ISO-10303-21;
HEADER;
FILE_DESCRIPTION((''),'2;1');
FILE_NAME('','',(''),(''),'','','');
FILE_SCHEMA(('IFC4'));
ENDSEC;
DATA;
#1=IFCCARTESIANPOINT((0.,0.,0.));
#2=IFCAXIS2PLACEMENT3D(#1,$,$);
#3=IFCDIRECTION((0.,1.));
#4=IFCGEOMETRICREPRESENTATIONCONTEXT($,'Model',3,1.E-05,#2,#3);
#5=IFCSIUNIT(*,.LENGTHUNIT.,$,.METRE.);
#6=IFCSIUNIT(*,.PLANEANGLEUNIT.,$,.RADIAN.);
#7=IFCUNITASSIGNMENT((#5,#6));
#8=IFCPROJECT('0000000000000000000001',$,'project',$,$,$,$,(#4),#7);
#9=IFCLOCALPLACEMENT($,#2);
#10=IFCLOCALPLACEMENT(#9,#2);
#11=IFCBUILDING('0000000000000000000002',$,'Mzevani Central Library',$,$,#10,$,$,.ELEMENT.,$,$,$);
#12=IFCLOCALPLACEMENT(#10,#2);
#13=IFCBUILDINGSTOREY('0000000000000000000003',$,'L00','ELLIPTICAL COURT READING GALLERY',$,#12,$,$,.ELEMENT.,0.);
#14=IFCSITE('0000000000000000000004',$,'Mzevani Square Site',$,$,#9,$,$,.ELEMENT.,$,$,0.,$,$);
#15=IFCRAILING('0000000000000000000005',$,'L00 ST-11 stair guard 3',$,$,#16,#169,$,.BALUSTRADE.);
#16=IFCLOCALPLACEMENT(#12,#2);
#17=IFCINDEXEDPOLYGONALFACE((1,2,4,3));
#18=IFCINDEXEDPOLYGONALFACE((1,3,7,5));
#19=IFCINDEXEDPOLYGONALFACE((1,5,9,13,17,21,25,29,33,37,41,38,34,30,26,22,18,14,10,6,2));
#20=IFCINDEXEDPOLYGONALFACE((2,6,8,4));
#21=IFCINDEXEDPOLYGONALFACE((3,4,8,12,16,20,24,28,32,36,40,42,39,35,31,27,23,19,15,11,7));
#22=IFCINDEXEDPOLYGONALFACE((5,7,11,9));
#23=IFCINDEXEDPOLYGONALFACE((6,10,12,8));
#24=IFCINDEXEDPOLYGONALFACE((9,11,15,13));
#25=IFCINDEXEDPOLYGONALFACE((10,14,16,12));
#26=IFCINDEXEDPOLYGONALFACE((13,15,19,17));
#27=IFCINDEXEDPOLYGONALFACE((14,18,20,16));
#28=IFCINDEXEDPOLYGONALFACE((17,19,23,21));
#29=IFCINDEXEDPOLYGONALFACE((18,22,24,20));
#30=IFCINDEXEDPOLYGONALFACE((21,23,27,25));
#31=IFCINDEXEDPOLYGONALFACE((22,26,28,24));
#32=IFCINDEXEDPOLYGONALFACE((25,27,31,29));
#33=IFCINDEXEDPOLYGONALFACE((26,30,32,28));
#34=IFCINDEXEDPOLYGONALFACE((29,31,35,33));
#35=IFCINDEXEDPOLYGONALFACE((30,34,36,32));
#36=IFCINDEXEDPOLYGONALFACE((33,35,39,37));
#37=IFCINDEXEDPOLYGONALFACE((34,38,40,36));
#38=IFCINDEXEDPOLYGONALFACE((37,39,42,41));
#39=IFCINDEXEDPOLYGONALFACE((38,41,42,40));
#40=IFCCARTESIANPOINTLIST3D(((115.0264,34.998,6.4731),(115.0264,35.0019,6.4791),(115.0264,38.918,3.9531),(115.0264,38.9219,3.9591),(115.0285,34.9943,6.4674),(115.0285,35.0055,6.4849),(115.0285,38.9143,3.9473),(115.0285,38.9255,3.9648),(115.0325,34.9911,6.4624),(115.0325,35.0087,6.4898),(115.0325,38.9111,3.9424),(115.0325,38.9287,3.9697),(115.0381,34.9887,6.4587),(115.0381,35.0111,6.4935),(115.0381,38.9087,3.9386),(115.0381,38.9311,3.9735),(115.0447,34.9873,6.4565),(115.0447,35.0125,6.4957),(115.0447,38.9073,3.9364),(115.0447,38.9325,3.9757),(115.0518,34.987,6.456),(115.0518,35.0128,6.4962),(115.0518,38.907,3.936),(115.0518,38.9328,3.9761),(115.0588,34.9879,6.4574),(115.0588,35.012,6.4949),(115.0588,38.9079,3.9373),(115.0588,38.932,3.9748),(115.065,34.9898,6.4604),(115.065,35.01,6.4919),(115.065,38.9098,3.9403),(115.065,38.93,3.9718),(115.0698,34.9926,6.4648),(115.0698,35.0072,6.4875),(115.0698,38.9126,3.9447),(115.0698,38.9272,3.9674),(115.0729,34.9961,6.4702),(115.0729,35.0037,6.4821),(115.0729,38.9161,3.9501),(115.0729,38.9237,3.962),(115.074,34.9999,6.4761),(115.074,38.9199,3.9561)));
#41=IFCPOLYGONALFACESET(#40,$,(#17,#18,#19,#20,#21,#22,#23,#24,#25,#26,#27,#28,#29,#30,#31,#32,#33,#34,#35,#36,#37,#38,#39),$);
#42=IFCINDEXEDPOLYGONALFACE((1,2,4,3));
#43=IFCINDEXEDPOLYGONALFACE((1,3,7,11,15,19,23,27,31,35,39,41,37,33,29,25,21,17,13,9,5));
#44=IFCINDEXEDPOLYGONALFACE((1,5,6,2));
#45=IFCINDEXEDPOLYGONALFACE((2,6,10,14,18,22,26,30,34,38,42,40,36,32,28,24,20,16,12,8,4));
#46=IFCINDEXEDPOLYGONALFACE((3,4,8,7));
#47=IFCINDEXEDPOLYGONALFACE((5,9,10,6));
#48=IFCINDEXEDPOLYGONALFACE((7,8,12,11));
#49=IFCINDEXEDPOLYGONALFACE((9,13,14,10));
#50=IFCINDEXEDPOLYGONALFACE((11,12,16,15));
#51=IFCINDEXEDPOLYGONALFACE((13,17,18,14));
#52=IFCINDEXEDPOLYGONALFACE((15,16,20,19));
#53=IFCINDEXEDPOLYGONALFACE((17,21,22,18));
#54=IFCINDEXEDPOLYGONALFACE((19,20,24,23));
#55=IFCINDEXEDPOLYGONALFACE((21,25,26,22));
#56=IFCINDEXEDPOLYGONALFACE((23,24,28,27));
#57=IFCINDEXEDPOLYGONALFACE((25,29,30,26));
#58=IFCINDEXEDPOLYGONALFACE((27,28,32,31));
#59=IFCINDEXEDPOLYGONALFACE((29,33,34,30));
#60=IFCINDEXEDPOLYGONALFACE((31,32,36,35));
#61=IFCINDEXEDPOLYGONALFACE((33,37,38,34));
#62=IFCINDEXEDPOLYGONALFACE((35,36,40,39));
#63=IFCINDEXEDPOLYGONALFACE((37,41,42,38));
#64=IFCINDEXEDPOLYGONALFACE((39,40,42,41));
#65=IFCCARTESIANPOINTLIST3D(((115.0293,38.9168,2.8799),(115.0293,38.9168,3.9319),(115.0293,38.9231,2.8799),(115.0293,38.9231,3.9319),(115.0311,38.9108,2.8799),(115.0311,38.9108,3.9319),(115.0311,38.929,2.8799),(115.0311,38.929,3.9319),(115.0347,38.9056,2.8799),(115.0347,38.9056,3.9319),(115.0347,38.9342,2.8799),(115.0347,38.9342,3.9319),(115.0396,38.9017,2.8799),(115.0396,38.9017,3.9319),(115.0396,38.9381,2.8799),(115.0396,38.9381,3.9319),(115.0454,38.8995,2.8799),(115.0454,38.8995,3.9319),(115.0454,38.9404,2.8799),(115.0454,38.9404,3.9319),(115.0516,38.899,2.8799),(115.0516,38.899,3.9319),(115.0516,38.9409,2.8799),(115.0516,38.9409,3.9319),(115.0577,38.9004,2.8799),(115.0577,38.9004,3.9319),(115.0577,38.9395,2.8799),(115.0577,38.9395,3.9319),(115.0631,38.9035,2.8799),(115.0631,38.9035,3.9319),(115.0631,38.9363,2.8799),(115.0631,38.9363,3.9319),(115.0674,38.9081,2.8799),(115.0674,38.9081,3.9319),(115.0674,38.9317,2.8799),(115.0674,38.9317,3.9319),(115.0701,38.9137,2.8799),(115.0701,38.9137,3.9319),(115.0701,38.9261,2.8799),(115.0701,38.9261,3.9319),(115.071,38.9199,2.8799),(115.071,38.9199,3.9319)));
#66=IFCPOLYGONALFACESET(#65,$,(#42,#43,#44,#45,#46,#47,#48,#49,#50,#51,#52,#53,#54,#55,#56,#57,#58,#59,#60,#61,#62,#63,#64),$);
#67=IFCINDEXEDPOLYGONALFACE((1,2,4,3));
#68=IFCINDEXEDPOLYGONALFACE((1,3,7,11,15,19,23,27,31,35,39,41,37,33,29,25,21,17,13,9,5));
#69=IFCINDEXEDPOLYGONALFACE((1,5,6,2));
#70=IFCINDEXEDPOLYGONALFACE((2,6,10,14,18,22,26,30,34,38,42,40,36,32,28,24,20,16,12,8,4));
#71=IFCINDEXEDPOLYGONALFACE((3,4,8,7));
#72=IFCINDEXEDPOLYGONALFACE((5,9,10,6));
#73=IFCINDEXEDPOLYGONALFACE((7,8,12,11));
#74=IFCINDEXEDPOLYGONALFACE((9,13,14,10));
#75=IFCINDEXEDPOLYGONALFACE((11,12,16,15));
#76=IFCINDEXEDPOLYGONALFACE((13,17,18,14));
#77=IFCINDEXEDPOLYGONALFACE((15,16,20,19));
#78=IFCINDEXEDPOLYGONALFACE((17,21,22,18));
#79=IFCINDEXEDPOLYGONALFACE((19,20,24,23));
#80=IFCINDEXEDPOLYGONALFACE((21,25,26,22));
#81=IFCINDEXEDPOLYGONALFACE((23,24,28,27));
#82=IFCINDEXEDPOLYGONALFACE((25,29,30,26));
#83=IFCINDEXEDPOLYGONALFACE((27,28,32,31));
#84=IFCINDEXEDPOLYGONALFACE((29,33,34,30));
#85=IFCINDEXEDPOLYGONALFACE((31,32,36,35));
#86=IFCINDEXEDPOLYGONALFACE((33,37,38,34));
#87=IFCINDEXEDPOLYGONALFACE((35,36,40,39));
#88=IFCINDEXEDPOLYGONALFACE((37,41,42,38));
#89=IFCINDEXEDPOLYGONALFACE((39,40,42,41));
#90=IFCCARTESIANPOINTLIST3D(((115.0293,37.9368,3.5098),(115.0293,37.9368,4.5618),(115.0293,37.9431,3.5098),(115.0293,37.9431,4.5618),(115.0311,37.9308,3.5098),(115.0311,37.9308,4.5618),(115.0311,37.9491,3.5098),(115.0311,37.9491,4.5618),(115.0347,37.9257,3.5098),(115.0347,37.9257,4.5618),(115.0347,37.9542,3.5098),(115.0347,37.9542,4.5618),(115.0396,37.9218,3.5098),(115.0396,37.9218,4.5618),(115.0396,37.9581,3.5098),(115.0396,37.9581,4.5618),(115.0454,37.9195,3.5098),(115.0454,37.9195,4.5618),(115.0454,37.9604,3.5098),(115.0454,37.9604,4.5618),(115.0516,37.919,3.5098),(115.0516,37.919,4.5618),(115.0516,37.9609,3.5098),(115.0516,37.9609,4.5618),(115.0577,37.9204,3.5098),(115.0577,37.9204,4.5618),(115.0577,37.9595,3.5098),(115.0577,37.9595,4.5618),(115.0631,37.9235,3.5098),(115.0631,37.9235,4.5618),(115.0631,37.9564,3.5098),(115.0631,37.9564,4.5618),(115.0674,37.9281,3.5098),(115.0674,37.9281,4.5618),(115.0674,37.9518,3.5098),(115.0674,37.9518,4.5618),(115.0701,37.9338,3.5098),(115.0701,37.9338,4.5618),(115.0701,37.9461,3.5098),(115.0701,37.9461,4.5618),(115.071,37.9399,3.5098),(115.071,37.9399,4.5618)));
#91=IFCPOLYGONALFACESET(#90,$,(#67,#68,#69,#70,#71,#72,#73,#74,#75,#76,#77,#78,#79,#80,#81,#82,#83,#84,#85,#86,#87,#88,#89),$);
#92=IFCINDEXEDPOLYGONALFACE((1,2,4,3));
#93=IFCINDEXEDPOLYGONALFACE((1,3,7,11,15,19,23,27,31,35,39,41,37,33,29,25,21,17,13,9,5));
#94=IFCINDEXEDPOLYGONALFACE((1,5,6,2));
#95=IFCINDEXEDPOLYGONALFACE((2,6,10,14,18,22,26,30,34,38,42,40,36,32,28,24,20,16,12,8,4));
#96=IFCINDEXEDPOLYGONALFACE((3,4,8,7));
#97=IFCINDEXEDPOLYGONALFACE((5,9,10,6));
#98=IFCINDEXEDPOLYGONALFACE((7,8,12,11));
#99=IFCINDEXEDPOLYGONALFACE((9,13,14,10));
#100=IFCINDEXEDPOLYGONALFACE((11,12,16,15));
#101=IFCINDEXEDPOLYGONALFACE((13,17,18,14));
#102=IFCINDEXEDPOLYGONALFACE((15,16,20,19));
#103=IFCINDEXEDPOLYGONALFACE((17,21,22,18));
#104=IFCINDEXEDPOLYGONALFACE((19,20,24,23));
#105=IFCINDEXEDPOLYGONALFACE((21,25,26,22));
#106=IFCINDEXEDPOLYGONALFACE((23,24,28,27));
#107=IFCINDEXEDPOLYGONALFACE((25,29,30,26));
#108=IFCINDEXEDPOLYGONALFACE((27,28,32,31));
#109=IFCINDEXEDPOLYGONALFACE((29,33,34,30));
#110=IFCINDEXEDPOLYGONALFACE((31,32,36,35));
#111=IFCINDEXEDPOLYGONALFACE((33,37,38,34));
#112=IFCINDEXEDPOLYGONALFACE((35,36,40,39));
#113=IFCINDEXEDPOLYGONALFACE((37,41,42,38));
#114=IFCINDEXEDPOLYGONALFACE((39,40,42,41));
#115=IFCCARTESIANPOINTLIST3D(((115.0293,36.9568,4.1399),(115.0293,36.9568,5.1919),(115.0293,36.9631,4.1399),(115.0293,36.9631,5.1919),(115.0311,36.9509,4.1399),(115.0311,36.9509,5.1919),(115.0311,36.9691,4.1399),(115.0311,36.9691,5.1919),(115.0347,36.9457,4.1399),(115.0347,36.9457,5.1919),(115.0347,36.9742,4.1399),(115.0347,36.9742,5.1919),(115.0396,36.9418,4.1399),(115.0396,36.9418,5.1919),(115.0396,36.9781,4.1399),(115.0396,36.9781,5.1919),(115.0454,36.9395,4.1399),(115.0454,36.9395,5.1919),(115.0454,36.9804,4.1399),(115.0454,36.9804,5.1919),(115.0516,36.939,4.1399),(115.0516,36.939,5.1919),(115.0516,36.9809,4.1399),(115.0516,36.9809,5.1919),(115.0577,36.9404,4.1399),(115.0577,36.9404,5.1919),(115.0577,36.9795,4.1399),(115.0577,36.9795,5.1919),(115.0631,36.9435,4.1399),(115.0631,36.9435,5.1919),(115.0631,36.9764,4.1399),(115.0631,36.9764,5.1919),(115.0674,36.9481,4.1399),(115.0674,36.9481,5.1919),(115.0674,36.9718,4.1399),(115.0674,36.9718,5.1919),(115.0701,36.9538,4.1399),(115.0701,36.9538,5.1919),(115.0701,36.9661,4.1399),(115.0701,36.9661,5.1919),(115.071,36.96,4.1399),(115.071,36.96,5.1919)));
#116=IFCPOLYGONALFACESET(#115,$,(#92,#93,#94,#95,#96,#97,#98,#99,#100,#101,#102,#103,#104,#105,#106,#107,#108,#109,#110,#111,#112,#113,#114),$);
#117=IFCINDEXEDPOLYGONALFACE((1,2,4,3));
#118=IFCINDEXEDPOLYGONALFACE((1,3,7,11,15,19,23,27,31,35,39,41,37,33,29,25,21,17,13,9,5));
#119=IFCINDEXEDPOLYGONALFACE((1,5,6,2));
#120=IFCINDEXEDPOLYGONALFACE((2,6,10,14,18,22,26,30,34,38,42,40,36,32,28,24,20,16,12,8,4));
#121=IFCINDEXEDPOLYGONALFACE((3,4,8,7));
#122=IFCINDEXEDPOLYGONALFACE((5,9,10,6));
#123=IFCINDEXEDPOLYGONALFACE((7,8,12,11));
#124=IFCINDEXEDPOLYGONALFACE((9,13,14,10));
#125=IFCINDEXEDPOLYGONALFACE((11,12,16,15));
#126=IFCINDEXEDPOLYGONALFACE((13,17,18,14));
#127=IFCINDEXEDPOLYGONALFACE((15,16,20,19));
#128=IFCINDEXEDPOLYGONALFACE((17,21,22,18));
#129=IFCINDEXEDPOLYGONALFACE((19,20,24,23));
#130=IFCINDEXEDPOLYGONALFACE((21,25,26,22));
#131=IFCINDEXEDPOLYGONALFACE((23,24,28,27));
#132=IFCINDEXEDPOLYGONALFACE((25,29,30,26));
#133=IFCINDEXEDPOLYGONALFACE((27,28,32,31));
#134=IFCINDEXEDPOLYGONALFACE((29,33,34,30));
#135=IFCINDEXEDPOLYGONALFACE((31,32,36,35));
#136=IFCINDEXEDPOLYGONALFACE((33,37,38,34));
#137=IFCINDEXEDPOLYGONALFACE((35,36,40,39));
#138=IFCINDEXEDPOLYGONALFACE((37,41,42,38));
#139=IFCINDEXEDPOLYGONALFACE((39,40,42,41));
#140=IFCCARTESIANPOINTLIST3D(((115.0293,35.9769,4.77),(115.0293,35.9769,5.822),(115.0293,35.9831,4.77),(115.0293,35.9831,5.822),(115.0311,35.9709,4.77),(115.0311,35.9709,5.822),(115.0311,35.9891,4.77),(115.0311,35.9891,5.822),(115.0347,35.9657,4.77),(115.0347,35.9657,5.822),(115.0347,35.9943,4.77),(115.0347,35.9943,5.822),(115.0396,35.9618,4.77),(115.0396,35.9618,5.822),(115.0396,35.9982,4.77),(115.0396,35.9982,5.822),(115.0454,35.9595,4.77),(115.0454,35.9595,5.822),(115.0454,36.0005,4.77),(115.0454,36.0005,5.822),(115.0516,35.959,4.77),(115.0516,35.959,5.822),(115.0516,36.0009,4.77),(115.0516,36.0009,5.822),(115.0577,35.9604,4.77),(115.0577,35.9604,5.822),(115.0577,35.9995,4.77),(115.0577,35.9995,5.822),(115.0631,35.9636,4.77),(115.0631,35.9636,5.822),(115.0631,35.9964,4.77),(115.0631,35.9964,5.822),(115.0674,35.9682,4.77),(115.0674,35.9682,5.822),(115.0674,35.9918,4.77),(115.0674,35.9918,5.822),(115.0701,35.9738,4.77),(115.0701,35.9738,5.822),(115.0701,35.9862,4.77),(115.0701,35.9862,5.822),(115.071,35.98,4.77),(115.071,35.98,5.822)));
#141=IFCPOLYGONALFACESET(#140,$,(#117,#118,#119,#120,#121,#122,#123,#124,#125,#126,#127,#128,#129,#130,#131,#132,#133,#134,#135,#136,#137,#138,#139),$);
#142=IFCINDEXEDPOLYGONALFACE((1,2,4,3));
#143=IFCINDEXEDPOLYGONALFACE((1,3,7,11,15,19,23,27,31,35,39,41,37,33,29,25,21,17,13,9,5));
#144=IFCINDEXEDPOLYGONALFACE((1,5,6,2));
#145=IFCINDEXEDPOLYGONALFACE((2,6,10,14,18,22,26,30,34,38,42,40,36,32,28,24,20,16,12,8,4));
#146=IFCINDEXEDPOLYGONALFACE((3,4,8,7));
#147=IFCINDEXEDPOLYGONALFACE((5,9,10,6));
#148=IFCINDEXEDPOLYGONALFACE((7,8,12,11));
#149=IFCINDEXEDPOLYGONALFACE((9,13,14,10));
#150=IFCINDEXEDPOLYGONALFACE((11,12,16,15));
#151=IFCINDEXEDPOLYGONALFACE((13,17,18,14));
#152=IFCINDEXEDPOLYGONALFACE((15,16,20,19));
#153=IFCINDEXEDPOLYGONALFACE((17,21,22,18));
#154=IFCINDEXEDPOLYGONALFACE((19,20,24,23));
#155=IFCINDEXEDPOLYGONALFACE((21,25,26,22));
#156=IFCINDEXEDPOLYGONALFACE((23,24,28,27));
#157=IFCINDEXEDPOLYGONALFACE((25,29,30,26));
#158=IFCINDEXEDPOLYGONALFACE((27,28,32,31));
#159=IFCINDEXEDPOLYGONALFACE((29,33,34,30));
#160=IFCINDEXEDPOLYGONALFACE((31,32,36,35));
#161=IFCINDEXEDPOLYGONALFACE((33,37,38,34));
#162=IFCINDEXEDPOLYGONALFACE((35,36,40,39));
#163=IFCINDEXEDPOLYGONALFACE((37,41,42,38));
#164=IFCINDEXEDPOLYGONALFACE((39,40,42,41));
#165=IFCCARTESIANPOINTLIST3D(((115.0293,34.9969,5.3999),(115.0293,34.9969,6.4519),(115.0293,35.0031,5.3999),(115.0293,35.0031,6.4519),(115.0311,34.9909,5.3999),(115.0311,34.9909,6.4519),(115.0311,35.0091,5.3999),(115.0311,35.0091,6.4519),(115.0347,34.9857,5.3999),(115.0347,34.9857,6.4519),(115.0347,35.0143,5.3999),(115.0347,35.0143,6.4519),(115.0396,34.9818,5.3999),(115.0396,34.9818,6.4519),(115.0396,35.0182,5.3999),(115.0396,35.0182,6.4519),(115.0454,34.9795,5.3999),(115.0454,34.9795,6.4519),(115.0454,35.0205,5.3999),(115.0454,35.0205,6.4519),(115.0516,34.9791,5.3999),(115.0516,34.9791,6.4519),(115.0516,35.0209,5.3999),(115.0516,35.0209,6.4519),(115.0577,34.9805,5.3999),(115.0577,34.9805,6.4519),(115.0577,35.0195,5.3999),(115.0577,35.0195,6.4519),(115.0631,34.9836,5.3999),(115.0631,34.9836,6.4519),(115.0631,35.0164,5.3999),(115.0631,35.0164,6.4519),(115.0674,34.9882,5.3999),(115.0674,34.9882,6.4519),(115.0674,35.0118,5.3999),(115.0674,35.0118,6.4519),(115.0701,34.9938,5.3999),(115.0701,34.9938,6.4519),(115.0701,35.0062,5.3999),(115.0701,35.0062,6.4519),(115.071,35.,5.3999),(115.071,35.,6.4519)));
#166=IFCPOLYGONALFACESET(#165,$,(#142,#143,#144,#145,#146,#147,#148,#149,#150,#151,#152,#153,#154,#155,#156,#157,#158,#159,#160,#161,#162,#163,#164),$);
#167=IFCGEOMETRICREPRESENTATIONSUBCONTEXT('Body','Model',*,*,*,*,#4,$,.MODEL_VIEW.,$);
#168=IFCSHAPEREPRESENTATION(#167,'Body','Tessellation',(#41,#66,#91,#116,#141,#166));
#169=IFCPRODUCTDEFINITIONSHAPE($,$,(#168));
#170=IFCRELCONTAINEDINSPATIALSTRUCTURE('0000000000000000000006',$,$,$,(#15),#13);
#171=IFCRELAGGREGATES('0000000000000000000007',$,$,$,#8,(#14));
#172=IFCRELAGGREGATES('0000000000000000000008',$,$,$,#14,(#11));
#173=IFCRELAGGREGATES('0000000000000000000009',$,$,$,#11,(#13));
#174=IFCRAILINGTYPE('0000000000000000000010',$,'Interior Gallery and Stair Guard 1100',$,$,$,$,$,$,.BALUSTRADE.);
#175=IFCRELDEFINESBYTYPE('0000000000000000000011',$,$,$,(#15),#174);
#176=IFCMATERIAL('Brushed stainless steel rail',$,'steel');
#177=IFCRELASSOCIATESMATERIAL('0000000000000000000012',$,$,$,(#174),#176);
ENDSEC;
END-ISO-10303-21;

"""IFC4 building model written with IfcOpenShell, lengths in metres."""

from ifc_helpers import new_model, si_unit, direction, frame, origin, origin_2d, place, context, subcontext, project, spatial, circle, extrude, material, type_object, element, save


model = new_model("IFC4")

# Units and contexts
model_context = context("Model", 3, precision=1e-05, world=origin(), true_north=direction((0.0, 1.0)))
body_context = subcontext(model_context, "Body", "Model", "MODEL_VIEW")
ifc_project = project(units=[si_unit("LENGTHUNIT", "METRE"), si_unit("PLANEANGLEUNIT", "RADIAN")], contexts=[model_context])

# Site, building, storey
site_placement = place(None, origin())
site = spatial("IfcSite", under=ifc_project, at=site_placement, Name="Mzevani Square Site", CompositionType="ELEMENT", RefElevation=0.0)
building_placement = place(site_placement, origin())
building = spatial("IfcBuilding", under=site, at=building_placement, Name="Mzevani Central Library", CompositionType="ELEMENT")
storey_placement = place(building_placement, origin())
storey = spatial("IfcBuildingStorey", under=building, at=storey_placement, Name="L00", Description="ELLIPTICAL COURT READING GALLERY", CompositionType="ELEMENT", Elevation=0.0)

# Railing
ifc_material_1 = material(Name="Brushed stainless steel rail", Category="steel")
railing_type_1 = type_object("IfcRailingType", Name="Interior Gallery and Stair Guard 1100", PredefinedType="BALUSTRADE", material=ifc_material_1)
railing_1_placement = place(storey_placement, frame((115.05, 38.9199, 2.8799)))
element("IfcRailing", 1, at=railing_1_placement, inside=storey, type_object=railing_type_1, Name="L00 ST-11 stair guard 3", PredefinedType="BALUSTRADE", context=body_context, shape_type="SweptSolid", body=[
    extrude(circle(Radius=0.0239, at=origin_2d()), frame((0.0, 0.0, 1.0762), z_axis=(0.0, -0.841172, 0.540768), x_axis=(1.0, 0.0, 0.0)), (0.0, 0.0, 1.0), 4.6602),
    extrude(circle(Radius=0.021, at=origin_2d()), origin(), (0.0, 0.0, 1.0), 1.052),
    extrude(circle(Radius=0.021, at=origin_2d()), frame((0.0, -0.98, 0.6299)), (0.0, 0.0, 1.0), 1.052),
    extrude(circle(Radius=0.021, at=origin_2d()), frame((0.0, -1.96, 1.26)), (0.0, 0.0, 1.0), 1.052),
    extrude(circle(Radius=0.021, at=origin_2d()), frame((0.0, -2.9399, 1.8901)), (0.0, 0.0, 1.0), 1.052),
    extrude(circle(Radius=0.021, at=origin_2d()), frame((0.0, -3.9199, 2.52)), (0.0, 0.0, 1.0), 1.052),
])

save(model, "model.ifc")
